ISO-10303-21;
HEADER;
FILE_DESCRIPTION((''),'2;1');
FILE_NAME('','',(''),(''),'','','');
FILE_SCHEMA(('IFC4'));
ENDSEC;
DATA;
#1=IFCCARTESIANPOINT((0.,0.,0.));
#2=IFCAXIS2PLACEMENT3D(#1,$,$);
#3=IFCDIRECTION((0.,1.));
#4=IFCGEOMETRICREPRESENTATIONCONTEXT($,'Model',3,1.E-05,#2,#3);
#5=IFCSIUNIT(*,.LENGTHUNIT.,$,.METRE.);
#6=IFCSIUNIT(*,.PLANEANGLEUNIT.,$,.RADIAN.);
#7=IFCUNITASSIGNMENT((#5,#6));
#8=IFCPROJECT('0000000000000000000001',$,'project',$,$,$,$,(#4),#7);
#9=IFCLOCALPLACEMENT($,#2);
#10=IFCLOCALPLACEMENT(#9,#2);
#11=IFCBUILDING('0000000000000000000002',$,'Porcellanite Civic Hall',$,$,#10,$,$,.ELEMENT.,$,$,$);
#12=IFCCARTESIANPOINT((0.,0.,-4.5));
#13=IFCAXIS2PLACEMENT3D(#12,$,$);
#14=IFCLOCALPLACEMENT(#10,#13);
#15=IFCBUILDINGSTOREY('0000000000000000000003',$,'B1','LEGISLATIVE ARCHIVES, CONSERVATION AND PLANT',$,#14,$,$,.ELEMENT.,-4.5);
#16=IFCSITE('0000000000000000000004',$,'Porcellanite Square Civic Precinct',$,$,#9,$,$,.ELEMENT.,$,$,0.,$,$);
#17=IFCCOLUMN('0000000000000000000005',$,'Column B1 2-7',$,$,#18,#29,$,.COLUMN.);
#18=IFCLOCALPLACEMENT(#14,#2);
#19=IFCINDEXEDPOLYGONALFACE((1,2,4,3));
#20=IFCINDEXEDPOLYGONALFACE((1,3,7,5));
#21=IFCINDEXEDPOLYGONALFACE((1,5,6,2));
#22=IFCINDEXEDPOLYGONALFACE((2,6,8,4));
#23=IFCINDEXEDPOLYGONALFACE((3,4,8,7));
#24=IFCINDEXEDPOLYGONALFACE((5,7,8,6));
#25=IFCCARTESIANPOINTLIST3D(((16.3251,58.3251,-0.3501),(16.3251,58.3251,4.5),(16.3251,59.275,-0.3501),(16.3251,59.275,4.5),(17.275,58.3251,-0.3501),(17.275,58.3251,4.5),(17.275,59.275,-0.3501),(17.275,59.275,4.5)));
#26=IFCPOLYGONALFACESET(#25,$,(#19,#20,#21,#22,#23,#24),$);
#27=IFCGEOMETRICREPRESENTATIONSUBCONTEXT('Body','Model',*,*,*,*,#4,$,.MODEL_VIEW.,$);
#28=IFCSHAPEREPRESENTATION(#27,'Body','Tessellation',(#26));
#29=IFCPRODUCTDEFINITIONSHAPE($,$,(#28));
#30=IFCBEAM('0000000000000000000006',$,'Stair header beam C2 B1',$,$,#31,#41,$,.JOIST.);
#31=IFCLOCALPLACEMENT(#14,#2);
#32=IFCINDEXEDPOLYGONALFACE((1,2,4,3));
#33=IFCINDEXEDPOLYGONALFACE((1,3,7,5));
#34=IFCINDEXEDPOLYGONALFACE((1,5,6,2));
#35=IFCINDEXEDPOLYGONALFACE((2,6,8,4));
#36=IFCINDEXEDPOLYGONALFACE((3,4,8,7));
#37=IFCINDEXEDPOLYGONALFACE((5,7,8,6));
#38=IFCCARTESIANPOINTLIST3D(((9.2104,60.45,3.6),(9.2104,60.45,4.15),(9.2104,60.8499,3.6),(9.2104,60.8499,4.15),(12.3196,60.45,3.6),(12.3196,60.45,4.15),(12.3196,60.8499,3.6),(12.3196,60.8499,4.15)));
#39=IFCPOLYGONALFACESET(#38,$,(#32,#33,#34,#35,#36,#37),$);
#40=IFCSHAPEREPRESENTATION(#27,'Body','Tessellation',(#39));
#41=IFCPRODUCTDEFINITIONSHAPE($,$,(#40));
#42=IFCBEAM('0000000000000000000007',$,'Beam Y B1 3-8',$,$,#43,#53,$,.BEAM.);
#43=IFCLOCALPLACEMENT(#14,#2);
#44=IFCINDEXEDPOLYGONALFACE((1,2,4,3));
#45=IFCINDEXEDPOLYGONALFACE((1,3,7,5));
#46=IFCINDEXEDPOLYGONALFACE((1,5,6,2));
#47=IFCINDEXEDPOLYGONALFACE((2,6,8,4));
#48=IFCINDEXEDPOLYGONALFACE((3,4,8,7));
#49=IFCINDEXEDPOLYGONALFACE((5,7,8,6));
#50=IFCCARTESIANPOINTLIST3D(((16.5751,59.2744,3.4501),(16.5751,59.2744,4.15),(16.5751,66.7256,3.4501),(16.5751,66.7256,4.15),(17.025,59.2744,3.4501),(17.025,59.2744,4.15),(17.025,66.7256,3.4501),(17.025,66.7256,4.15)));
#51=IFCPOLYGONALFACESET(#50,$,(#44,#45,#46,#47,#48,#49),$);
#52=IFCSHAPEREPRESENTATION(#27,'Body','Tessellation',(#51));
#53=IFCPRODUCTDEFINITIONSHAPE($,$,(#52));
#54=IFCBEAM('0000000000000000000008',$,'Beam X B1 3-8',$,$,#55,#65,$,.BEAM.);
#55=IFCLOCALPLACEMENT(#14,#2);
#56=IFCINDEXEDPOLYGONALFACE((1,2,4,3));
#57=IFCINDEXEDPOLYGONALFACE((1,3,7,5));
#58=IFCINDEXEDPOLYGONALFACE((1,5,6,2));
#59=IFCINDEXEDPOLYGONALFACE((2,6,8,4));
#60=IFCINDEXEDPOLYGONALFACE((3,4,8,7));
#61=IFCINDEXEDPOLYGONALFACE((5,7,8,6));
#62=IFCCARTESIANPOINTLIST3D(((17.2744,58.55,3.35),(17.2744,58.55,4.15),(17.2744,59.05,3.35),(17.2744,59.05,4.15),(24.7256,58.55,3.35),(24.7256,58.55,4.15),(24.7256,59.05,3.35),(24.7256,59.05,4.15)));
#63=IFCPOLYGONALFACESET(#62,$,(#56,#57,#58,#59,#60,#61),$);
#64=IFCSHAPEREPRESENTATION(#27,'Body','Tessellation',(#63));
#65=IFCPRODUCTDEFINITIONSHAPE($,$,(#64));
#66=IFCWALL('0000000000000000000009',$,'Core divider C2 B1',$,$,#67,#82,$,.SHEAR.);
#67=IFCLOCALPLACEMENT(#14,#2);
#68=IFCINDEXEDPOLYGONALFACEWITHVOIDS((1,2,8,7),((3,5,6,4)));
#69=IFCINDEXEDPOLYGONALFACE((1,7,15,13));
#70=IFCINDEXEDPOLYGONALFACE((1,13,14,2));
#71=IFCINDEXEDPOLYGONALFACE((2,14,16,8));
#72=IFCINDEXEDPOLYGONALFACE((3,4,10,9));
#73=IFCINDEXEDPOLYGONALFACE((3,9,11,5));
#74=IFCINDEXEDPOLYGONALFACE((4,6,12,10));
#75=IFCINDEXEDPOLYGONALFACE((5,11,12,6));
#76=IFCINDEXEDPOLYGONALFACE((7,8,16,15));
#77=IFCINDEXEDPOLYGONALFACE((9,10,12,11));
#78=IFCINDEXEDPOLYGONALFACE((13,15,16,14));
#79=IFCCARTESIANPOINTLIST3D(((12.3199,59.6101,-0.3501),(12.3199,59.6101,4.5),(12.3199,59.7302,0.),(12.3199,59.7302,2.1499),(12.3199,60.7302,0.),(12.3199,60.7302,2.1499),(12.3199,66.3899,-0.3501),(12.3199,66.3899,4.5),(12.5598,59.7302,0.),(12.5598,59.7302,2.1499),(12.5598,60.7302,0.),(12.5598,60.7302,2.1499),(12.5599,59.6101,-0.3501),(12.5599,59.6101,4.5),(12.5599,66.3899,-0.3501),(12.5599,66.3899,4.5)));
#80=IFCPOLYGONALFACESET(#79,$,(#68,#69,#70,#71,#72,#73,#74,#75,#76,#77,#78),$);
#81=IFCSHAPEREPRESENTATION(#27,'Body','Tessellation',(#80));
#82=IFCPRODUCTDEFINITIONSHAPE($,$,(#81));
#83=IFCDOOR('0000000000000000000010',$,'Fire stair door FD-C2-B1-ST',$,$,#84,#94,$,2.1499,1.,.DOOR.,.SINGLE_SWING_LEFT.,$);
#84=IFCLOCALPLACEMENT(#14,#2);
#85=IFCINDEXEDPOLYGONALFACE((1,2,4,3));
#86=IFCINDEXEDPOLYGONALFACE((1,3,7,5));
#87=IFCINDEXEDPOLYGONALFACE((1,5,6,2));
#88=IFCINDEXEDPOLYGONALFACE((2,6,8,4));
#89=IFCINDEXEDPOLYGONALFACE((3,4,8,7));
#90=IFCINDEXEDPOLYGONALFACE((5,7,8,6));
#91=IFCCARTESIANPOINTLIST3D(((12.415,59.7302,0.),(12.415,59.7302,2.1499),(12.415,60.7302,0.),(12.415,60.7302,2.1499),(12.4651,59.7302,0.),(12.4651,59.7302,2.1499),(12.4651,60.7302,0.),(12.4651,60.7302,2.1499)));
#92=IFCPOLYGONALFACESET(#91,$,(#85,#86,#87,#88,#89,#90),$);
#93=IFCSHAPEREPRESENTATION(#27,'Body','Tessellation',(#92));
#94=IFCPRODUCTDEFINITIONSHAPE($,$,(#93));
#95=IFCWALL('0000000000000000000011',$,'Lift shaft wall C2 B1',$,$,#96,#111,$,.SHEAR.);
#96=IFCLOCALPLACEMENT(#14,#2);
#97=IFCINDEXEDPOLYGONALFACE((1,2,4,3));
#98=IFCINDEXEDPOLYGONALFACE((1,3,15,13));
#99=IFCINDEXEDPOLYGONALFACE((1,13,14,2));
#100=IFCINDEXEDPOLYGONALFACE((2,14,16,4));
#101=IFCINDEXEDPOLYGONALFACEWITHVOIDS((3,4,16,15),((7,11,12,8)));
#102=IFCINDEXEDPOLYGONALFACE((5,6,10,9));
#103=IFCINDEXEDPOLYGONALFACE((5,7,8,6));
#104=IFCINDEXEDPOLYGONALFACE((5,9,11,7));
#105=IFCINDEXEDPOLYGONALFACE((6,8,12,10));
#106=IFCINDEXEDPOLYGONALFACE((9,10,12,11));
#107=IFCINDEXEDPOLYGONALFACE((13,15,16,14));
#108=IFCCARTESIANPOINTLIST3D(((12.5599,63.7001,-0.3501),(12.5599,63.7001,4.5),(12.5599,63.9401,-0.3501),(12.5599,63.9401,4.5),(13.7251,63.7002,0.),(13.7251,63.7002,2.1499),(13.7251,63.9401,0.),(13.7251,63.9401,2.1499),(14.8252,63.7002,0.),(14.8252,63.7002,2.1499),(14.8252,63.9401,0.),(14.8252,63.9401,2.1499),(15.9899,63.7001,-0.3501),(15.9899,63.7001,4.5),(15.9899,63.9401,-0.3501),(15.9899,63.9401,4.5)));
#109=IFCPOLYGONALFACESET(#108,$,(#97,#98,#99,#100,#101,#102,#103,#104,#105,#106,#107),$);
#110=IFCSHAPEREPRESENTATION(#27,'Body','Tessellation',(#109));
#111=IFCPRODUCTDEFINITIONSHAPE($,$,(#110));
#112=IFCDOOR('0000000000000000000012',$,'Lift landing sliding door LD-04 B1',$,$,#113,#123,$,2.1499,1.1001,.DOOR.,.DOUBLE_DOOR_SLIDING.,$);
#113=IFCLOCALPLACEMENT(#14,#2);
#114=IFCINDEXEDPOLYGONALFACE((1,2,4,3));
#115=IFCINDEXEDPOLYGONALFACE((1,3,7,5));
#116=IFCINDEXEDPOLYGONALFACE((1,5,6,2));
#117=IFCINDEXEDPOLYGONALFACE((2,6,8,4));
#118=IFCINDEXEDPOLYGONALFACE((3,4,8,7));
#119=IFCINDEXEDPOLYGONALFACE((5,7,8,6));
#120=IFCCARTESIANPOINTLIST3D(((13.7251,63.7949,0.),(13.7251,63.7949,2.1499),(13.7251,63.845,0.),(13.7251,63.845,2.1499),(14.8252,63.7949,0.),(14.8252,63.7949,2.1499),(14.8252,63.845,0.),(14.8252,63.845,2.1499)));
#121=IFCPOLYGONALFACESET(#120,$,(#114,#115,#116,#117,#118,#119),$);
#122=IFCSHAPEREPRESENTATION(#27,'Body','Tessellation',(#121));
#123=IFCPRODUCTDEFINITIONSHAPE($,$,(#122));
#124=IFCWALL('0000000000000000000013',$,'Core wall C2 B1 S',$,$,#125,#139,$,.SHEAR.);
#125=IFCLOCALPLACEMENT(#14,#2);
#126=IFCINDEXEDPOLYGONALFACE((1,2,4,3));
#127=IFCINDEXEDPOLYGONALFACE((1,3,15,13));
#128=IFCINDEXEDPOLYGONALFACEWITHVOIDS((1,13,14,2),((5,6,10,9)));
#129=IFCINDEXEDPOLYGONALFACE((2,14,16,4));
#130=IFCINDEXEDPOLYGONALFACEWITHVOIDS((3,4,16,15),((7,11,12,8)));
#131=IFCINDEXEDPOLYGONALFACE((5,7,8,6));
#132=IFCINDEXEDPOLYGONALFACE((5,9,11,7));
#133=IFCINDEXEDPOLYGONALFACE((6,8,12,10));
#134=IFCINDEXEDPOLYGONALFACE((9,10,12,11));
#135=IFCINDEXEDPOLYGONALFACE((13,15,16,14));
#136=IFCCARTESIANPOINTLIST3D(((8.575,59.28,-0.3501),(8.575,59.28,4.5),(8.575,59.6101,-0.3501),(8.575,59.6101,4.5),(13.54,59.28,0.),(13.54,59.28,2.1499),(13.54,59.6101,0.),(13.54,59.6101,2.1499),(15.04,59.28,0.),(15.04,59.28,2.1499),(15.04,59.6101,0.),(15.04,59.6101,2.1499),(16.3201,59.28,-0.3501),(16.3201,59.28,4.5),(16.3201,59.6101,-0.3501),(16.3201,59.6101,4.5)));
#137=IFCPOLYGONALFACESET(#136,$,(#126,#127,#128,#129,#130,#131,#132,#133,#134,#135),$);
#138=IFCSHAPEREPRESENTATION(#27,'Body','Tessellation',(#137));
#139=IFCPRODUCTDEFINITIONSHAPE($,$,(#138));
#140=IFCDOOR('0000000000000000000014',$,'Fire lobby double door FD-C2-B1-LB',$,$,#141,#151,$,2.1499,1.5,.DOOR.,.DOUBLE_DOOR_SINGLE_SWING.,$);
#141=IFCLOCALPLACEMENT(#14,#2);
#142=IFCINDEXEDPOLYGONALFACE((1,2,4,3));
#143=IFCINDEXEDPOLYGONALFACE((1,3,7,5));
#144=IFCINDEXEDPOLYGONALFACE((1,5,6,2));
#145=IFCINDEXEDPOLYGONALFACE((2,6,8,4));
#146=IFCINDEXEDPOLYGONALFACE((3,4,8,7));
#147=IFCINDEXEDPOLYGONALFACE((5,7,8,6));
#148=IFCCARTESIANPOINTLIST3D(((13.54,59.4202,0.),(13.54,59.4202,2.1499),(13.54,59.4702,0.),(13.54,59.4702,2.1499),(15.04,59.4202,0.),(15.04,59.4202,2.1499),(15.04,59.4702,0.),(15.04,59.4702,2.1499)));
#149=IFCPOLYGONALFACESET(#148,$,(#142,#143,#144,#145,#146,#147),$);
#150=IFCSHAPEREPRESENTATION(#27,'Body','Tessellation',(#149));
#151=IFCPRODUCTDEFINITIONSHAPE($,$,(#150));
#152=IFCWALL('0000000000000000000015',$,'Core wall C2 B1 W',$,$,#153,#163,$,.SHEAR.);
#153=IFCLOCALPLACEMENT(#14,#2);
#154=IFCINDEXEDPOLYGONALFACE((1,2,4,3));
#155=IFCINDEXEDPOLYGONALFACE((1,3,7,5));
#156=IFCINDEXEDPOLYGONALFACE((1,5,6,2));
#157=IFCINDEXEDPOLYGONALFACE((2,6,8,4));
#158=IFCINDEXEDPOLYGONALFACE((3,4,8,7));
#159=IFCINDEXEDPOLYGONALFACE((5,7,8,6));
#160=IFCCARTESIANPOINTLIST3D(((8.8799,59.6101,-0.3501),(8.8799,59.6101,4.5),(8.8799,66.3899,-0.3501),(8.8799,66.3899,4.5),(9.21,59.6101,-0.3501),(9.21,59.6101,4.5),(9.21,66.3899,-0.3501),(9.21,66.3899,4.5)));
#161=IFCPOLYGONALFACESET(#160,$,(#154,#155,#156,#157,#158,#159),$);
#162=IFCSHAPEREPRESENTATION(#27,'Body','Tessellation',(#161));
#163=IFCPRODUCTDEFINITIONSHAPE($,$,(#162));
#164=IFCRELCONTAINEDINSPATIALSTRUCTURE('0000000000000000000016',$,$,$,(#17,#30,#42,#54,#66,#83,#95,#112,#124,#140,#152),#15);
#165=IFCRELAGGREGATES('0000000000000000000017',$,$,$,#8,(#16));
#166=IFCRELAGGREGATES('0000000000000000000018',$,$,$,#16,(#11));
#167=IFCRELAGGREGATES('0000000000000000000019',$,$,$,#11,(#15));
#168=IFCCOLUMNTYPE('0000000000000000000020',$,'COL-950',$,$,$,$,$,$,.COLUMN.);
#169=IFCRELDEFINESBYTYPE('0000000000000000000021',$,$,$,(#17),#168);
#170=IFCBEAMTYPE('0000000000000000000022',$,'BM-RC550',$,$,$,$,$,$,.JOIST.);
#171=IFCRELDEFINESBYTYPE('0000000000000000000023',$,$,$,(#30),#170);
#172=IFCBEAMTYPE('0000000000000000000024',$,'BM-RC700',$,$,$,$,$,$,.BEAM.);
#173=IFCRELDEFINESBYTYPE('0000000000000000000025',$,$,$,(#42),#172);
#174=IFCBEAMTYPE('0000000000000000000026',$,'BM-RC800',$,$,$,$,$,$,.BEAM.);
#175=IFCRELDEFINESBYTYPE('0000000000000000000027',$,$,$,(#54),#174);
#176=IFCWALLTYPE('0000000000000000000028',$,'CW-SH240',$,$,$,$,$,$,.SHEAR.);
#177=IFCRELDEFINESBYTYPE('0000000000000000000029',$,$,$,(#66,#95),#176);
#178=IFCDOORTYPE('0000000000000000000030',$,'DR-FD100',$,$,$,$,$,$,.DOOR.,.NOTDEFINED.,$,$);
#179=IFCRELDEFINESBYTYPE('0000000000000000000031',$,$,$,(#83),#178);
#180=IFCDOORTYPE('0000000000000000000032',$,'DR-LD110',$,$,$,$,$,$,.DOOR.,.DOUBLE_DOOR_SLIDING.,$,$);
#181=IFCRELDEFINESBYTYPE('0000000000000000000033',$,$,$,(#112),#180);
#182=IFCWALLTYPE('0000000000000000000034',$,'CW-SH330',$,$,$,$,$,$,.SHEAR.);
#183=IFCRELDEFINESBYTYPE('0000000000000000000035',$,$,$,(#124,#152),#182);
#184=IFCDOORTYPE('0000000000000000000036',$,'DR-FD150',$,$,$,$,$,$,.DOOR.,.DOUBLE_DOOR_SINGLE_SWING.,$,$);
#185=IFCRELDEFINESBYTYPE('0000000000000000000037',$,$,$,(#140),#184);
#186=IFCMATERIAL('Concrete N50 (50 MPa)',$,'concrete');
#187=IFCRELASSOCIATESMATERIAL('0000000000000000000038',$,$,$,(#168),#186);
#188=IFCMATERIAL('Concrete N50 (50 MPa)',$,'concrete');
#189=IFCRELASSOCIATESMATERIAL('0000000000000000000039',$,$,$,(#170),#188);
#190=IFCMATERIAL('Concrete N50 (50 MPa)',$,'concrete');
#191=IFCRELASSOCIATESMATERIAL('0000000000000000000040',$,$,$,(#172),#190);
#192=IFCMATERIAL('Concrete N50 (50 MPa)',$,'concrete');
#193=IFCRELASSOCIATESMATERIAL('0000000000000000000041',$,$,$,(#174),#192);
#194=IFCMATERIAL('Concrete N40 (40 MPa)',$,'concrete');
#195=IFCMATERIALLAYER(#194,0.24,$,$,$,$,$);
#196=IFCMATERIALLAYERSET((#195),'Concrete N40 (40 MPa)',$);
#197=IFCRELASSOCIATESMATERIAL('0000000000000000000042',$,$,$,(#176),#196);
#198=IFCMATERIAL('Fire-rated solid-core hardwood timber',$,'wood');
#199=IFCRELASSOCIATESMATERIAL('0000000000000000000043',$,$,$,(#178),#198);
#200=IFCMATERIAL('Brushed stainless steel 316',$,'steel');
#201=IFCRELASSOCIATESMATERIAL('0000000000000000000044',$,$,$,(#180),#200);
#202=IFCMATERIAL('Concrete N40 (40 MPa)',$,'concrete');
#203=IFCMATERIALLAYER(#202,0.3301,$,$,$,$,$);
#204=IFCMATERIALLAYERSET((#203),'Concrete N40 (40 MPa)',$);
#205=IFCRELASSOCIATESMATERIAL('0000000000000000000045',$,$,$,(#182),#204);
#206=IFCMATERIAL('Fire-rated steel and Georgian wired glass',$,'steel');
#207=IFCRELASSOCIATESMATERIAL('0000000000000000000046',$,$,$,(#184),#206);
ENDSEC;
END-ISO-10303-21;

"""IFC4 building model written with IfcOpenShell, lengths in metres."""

from ifc_helpers import new_model, si_unit, direction, frame, frame_2d, origin, origin_2d, place, context, subcontext, project, spatial, rectangle, extrude, material, layer, layer_set, material_profile, profile_set, type_object, element, fill, save


model = new_model("IFC4")

# Units and contexts
model_context = context("Model", 3, precision=1e-05, world=origin(), true_north=direction((0.0, 1.0)))
body_context = subcontext(model_context, "Body", "Model", "MODEL_VIEW")
ifc_project = project(units=[si_unit("LENGTHUNIT", "METRE"), si_unit("PLANEANGLEUNIT", "RADIAN")], contexts=[model_context])

# Site, building, storey
site_placement = place(None, origin())
site = spatial("IfcSite", under=ifc_project, at=site_placement, Name="Porcellanite Square Civic Precinct", CompositionType="ELEMENT", RefElevation=0.0)
building_placement = place(site_placement, origin())
building = spatial("IfcBuilding", under=site, at=building_placement, Name="Porcellanite Civic Hall", CompositionType="ELEMENT")
storey_placement = place(building_placement, frame((0.0, 0.0, -4.5)))
storey = spatial("IfcBuildingStorey", under=building, at=storey_placement, Name="B1", Description="LEGISLATIVE ARCHIVES, CONSERVATION AND PLANT", CompositionType="ELEMENT", Elevation=-4.5)

# Column
ifc_material_1 = material(Name="Concrete N50 (50 MPa)", Category="concrete")
ifc_material_profile_1 = material_profile(ifc_material_1, rectangle(XDim=0.95, YDim=0.95, at=origin_2d()), Name="RC-950x950")
ifc_profile_set_1 = profile_set([ifc_material_profile_1], Name="Concrete N50 (50 MPa)")
column_type = type_object("IfcColumnType", Name="COL-950", PredefinedType="COLUMN", material=ifc_profile_set_1)
column_placement = place(storey_placement, frame((16.8, 58.8, -0.3501), z_axis=(0.0, 0.0, 1.0), x_axis=(1.0, 0.0, 0.0)))
element("IfcColumn", 1, at=column_placement, inside=storey, type_object=column_type, Name="Column B1 2-7", PredefinedType="COLUMN", context=body_context, shape_type="SweptSolid", body=[
    extrude(rectangle(XDim=0.95, YDim=0.95, at=origin_2d()), origin(), (0.0, 0.0, 1.0), 4.8501),
])

# Beams
ifc_material_2 = material(Name="Concrete N50 (50 MPa)", Category="concrete")
ifc_material_profile_2 = material_profile(ifc_material_2, rectangle(XDim=0.3999, YDim=0.55, at=origin_2d()), Name="RC-400x550")
ifc_profile_set_2 = profile_set([ifc_material_profile_2], Name="Concrete N50 (50 MPa)")
beam_type_1 = type_object("IfcBeamType", Name="BM-RC550", PredefinedType="JOIST", material=ifc_profile_set_2)
beam_1_placement = place(storey_placement, frame((9.2104, 60.6499, 3.875), z_axis=(1.0, 0.0, 0.0), x_axis=(0.0, 1.0, 0.0)))
element("IfcBeam", 2, at=beam_1_placement, inside=storey, type_object=beam_type_1, Name="Stair header beam C2 B1", PredefinedType="JOIST", context=body_context, shape_type="SweptSolid", body=[
    extrude(rectangle(XDim=0.3999, YDim=0.55, at=origin_2d()), origin(), (0.0, 0.0, 1.0), 3.1091),
])
ifc_material_3 = material(Name="Concrete N50 (50 MPa)", Category="concrete")
ifc_material_profile_3 = material_profile(ifc_material_3, rectangle(XDim=0.45, YDim=0.7, at=origin_2d()), Name="RC-450x700")
ifc_profile_set_3 = profile_set([ifc_material_profile_3], Name="Concrete N50 (50 MPa)")
beam_type_2 = type_object("IfcBeamType", Name="BM-RC700", PredefinedType="BEAM", material=ifc_profile_set_3)
beam_2_placement = place(storey_placement, frame((16.8, 59.2744, 3.8), z_axis=(0.0, 1.0, 0.0), x_axis=(-1.0, 0.0, 0.0)))
element("IfcBeam", 3, at=beam_2_placement, inside=storey, type_object=beam_type_2, Name="Beam Y B1 3-8", PredefinedType="BEAM", context=body_context, shape_type="SweptSolid", body=[
    extrude(rectangle(XDim=0.45, YDim=0.7, at=origin_2d()), origin(), (0.0, 0.0, 1.0), 7.4512),
])
ifc_material_4 = material(Name="Concrete N50 (50 MPa)", Category="concrete")
ifc_material_profile_4 = material_profile(ifc_material_4, rectangle(XDim=0.5, YDim=0.8, at=origin_2d()), Name="RC-500x800")
ifc_profile_set_4 = profile_set([ifc_material_profile_4], Name="Concrete N50 (50 MPa)")
beam_type_3 = type_object("IfcBeamType", Name="BM-RC800", PredefinedType="BEAM", material=ifc_profile_set_4)
beam_3_placement = place(storey_placement, frame((17.2744, 58.8, 3.75), z_axis=(1.0, 0.0, 0.0), x_axis=(0.0, 1.0, 0.0)))
element("IfcBeam", 4, at=beam_3_placement, inside=storey, type_object=beam_type_3, Name="Beam X B1 3-8", PredefinedType="BEAM", context=body_context, shape_type="SweptSolid", body=[
    extrude(rectangle(XDim=0.5, YDim=0.8, at=origin_2d()), origin(), (0.0, 0.0, 1.0), 7.4512),
])

# Walls, openings, doors
ifc_material_5 = material(Name="Concrete N40 (40 MPa)", Category="concrete")
ifc_layer_1 = layer(ifc_material_5, 0.24)
ifc_layer_set_1 = layer_set([ifc_layer_1], Name="Concrete N40 (40 MPa)")
wall_type_1 = type_object("IfcWallType", Name="CW-SH240", PredefinedType="SHEAR", material=ifc_layer_set_1)
wall_1_placement = place(storey_placement, frame((12.4399, 59.6101, -0.3501), z_axis=(0.0, 0.0, 1.0), x_axis=(0.0, 1.0, 0.0)))
wall_1 = element("IfcWall", 5, at=wall_1_placement, inside=storey, type_object=wall_type_1, Name="Core divider C2 B1", PredefinedType="SHEAR", context=body_context, shape_type="SweptSolid", body=[
    extrude(rectangle(XDim=6.7798, YDim=0.24, at=frame_2d((3.3899, 0.0))), origin(), (0.0, 0.0, 1.0), 4.8501),
])
opening_1_placement = place(wall_1_placement, frame((0.1201, 0.0, 0.3501)))
opening_1 = element("IfcOpeningElement", 6, at=opening_1_placement, cuts=wall_1, PredefinedType="OPENING", context=body_context, shape_type="SweptSolid", body=[
    extrude(rectangle(XDim=1.0, YDim=2.1499, at=frame_2d((0.5, 1.075))), frame((0.0, 0.1201, 0.0), z_axis=(0.0, -1.0, 0.0), x_axis=(1.0, 0.0, 0.0)), (0.0, 0.0, 1.0), 0.24),
])
ifc_material_6 = material(Name="Fire-rated solid-core hardwood timber", Category="wood")
door_type_1 = type_object("IfcDoorType", Name="DR-FD100", OperationType="NOTDEFINED", PredefinedType="DOOR", material=ifc_material_6)
door_1_placement = place(opening_1_placement, origin())
door_1 = element("IfcDoor", 7, at=door_1_placement, inside=storey, type_object=door_type_1, Name="Fire stair door FD-C2-B1-ST", OperationType="SINGLE_SWING_LEFT", OverallHeight=2.1499, OverallWidth=1.0, PredefinedType="DOOR", context=body_context, shape_type="SweptSolid", body=[
    extrude(rectangle(XDim=1.0, YDim=2.1499, at=frame_2d((0.5, 1.075))), frame((0.0, 0.0249, 0.0), z_axis=(0.0, -1.0, 0.0), x_axis=(1.0, 0.0, 0.0)), (0.0, 0.0, 1.0), 0.05),
])
fill(opening_1, door_1)
wall_2_placement = place(storey_placement, frame((12.5601, 63.8201, -0.3501), z_axis=(0.0, 0.0, 1.0), x_axis=(1.0, 0.0, 0.0)))
wall_2 = element("IfcWall", 8, at=wall_2_placement, inside=storey, type_object=wall_type_1, Name="Lift shaft wall C2 B1", PredefinedType="SHEAR", context=body_context, shape_type="SweptSolid", body=[
    extrude(rectangle(XDim=3.4299, YDim=0.24, at=frame_2d((1.7148, 0.0))), origin(), (0.0, 0.0, 1.0), 4.8501),
])
opening_2_placement = place(wall_2_placement, frame((1.165, 0.0, 0.3501)))
opening_2 = element("IfcOpeningElement", 9, at=opening_2_placement, cuts=wall_2, PredefinedType="OPENING", context=body_context, shape_type="SweptSolid", body=[
    extrude(rectangle(XDim=1.1001, YDim=2.1499, at=frame_2d((0.55, 1.075))), frame((0.0, 0.1201, 0.0), z_axis=(0.0, -1.0, 0.0), x_axis=(1.0, 0.0, 0.0)), (0.0, 0.0, 1.0), 0.24),
])
ifc_material_7 = material(Name="Brushed stainless steel 316", Category="steel")
door_type_2 = type_object("IfcDoorType", Name="DR-LD110", OperationType="DOUBLE_DOOR_SLIDING", PredefinedType="DOOR", material=ifc_material_7)
door_2_placement = place(opening_2_placement, origin())
door_2 = element("IfcDoor", 10, at=door_2_placement, inside=storey, type_object=door_type_2, Name="Lift landing sliding door LD-04 B1", OperationType="DOUBLE_DOOR_SLIDING", OverallHeight=2.1499, OverallWidth=1.1001, PredefinedType="DOOR", context=body_context, shape_type="SweptSolid", body=[
    extrude(rectangle(XDim=1.1001, YDim=2.1499, at=frame_2d((0.55, 1.075))), frame((0.0, 0.0249, 0.0), z_axis=(0.0, -1.0, 0.0), x_axis=(1.0, 0.0, 0.0)), (0.0, 0.0, 1.0), 0.05),
])
fill(opening_2, door_2)
ifc_material_8 = material(Name="Concrete N40 (40 MPa)", Category="concrete")
ifc_layer_2 = layer(ifc_material_8, 0.3301)
ifc_layer_set_2 = layer_set([ifc_layer_2], Name="Concrete N40 (40 MPa)")
wall_type_2 = type_object("IfcWallType", Name="CW-SH330", PredefinedType="SHEAR", material=ifc_layer_set_2)
wall_3_placement = place(storey_placement, frame((16.3201, 59.4451, -0.3501), z_axis=(0.0, 0.0, 1.0), x_axis=(-1.0, 0.0, 0.0)))
wall_3 = element("IfcWall", 11, at=wall_3_placement, inside=storey, type_object=wall_type_2, Name="Core wall C2 B1 S", PredefinedType="SHEAR", context=body_context, shape_type="SweptSolid", body=[
    extrude(rectangle(XDim=7.7451, YDim=0.3301, at=frame_2d((3.8726, 0.0))), origin(), (0.0, 0.0, 1.0), 4.8501),
])
opening_3_placement = place(wall_3_placement, frame((1.28, 0.0, 0.3501)))
opening_3 = element("IfcOpeningElement", 12, at=opening_3_placement, cuts=wall_3, PredefinedType="OPENING", context=body_context, shape_type="SweptSolid", body=[
    extrude(rectangle(XDim=1.5, YDim=2.1499, at=frame_2d((0.75, 1.075))), frame((0.0, 0.165, 0.0), z_axis=(0.0, -1.0, 0.0), x_axis=(1.0, 0.0, 0.0)), (0.0, 0.0, 1.0), 0.3301),
])
ifc_material_9 = material(Name="Fire-rated steel and Georgian wired glass", Category="steel")
door_type_3 = type_object("IfcDoorType", Name="DR-FD150", OperationType="DOUBLE_DOOR_SINGLE_SWING", PredefinedType="DOOR", material=ifc_material_9)
door_3_placement = place(opening_3_placement, origin())
door_3 = element("IfcDoor", 13, at=door_3_placement, inside=storey, type_object=door_type_3, Name="Fire lobby double door FD-C2-B1-LB", OperationType="DOUBLE_DOOR_SINGLE_SWING", OverallHeight=2.1499, OverallWidth=1.5, PredefinedType="DOOR", context=body_context, shape_type="SweptSolid", body=[
    extrude(rectangle(XDim=1.5, YDim=2.1499, at=frame_2d((0.75, 1.075))), frame((0.0, 0.0249, 0.0), z_axis=(0.0, -1.0, 0.0), x_axis=(1.0, 0.0, 0.0)), (0.0, 0.0, 1.0), 0.05),
])
fill(opening_3, door_3)

# Wall
wall_4_placement = place(storey_placement, frame((9.0449, 59.6101, -0.3501), z_axis=(0.0, 0.0, 1.0), x_axis=(0.0, 1.0, 0.0)))
element("IfcWall", 14, at=wall_4_placement, inside=storey, type_object=wall_type_2, Name="Core wall C2 B1 W", PredefinedType="SHEAR", context=body_context, shape_type="SweptSolid", body=[
    extrude(rectangle(XDim=6.7798, YDim=0.3301, at=frame_2d((3.3899, 0.0))), origin(), (0.0, 0.0, 1.0), 4.8501),
])

save(model, "model.ifc")
